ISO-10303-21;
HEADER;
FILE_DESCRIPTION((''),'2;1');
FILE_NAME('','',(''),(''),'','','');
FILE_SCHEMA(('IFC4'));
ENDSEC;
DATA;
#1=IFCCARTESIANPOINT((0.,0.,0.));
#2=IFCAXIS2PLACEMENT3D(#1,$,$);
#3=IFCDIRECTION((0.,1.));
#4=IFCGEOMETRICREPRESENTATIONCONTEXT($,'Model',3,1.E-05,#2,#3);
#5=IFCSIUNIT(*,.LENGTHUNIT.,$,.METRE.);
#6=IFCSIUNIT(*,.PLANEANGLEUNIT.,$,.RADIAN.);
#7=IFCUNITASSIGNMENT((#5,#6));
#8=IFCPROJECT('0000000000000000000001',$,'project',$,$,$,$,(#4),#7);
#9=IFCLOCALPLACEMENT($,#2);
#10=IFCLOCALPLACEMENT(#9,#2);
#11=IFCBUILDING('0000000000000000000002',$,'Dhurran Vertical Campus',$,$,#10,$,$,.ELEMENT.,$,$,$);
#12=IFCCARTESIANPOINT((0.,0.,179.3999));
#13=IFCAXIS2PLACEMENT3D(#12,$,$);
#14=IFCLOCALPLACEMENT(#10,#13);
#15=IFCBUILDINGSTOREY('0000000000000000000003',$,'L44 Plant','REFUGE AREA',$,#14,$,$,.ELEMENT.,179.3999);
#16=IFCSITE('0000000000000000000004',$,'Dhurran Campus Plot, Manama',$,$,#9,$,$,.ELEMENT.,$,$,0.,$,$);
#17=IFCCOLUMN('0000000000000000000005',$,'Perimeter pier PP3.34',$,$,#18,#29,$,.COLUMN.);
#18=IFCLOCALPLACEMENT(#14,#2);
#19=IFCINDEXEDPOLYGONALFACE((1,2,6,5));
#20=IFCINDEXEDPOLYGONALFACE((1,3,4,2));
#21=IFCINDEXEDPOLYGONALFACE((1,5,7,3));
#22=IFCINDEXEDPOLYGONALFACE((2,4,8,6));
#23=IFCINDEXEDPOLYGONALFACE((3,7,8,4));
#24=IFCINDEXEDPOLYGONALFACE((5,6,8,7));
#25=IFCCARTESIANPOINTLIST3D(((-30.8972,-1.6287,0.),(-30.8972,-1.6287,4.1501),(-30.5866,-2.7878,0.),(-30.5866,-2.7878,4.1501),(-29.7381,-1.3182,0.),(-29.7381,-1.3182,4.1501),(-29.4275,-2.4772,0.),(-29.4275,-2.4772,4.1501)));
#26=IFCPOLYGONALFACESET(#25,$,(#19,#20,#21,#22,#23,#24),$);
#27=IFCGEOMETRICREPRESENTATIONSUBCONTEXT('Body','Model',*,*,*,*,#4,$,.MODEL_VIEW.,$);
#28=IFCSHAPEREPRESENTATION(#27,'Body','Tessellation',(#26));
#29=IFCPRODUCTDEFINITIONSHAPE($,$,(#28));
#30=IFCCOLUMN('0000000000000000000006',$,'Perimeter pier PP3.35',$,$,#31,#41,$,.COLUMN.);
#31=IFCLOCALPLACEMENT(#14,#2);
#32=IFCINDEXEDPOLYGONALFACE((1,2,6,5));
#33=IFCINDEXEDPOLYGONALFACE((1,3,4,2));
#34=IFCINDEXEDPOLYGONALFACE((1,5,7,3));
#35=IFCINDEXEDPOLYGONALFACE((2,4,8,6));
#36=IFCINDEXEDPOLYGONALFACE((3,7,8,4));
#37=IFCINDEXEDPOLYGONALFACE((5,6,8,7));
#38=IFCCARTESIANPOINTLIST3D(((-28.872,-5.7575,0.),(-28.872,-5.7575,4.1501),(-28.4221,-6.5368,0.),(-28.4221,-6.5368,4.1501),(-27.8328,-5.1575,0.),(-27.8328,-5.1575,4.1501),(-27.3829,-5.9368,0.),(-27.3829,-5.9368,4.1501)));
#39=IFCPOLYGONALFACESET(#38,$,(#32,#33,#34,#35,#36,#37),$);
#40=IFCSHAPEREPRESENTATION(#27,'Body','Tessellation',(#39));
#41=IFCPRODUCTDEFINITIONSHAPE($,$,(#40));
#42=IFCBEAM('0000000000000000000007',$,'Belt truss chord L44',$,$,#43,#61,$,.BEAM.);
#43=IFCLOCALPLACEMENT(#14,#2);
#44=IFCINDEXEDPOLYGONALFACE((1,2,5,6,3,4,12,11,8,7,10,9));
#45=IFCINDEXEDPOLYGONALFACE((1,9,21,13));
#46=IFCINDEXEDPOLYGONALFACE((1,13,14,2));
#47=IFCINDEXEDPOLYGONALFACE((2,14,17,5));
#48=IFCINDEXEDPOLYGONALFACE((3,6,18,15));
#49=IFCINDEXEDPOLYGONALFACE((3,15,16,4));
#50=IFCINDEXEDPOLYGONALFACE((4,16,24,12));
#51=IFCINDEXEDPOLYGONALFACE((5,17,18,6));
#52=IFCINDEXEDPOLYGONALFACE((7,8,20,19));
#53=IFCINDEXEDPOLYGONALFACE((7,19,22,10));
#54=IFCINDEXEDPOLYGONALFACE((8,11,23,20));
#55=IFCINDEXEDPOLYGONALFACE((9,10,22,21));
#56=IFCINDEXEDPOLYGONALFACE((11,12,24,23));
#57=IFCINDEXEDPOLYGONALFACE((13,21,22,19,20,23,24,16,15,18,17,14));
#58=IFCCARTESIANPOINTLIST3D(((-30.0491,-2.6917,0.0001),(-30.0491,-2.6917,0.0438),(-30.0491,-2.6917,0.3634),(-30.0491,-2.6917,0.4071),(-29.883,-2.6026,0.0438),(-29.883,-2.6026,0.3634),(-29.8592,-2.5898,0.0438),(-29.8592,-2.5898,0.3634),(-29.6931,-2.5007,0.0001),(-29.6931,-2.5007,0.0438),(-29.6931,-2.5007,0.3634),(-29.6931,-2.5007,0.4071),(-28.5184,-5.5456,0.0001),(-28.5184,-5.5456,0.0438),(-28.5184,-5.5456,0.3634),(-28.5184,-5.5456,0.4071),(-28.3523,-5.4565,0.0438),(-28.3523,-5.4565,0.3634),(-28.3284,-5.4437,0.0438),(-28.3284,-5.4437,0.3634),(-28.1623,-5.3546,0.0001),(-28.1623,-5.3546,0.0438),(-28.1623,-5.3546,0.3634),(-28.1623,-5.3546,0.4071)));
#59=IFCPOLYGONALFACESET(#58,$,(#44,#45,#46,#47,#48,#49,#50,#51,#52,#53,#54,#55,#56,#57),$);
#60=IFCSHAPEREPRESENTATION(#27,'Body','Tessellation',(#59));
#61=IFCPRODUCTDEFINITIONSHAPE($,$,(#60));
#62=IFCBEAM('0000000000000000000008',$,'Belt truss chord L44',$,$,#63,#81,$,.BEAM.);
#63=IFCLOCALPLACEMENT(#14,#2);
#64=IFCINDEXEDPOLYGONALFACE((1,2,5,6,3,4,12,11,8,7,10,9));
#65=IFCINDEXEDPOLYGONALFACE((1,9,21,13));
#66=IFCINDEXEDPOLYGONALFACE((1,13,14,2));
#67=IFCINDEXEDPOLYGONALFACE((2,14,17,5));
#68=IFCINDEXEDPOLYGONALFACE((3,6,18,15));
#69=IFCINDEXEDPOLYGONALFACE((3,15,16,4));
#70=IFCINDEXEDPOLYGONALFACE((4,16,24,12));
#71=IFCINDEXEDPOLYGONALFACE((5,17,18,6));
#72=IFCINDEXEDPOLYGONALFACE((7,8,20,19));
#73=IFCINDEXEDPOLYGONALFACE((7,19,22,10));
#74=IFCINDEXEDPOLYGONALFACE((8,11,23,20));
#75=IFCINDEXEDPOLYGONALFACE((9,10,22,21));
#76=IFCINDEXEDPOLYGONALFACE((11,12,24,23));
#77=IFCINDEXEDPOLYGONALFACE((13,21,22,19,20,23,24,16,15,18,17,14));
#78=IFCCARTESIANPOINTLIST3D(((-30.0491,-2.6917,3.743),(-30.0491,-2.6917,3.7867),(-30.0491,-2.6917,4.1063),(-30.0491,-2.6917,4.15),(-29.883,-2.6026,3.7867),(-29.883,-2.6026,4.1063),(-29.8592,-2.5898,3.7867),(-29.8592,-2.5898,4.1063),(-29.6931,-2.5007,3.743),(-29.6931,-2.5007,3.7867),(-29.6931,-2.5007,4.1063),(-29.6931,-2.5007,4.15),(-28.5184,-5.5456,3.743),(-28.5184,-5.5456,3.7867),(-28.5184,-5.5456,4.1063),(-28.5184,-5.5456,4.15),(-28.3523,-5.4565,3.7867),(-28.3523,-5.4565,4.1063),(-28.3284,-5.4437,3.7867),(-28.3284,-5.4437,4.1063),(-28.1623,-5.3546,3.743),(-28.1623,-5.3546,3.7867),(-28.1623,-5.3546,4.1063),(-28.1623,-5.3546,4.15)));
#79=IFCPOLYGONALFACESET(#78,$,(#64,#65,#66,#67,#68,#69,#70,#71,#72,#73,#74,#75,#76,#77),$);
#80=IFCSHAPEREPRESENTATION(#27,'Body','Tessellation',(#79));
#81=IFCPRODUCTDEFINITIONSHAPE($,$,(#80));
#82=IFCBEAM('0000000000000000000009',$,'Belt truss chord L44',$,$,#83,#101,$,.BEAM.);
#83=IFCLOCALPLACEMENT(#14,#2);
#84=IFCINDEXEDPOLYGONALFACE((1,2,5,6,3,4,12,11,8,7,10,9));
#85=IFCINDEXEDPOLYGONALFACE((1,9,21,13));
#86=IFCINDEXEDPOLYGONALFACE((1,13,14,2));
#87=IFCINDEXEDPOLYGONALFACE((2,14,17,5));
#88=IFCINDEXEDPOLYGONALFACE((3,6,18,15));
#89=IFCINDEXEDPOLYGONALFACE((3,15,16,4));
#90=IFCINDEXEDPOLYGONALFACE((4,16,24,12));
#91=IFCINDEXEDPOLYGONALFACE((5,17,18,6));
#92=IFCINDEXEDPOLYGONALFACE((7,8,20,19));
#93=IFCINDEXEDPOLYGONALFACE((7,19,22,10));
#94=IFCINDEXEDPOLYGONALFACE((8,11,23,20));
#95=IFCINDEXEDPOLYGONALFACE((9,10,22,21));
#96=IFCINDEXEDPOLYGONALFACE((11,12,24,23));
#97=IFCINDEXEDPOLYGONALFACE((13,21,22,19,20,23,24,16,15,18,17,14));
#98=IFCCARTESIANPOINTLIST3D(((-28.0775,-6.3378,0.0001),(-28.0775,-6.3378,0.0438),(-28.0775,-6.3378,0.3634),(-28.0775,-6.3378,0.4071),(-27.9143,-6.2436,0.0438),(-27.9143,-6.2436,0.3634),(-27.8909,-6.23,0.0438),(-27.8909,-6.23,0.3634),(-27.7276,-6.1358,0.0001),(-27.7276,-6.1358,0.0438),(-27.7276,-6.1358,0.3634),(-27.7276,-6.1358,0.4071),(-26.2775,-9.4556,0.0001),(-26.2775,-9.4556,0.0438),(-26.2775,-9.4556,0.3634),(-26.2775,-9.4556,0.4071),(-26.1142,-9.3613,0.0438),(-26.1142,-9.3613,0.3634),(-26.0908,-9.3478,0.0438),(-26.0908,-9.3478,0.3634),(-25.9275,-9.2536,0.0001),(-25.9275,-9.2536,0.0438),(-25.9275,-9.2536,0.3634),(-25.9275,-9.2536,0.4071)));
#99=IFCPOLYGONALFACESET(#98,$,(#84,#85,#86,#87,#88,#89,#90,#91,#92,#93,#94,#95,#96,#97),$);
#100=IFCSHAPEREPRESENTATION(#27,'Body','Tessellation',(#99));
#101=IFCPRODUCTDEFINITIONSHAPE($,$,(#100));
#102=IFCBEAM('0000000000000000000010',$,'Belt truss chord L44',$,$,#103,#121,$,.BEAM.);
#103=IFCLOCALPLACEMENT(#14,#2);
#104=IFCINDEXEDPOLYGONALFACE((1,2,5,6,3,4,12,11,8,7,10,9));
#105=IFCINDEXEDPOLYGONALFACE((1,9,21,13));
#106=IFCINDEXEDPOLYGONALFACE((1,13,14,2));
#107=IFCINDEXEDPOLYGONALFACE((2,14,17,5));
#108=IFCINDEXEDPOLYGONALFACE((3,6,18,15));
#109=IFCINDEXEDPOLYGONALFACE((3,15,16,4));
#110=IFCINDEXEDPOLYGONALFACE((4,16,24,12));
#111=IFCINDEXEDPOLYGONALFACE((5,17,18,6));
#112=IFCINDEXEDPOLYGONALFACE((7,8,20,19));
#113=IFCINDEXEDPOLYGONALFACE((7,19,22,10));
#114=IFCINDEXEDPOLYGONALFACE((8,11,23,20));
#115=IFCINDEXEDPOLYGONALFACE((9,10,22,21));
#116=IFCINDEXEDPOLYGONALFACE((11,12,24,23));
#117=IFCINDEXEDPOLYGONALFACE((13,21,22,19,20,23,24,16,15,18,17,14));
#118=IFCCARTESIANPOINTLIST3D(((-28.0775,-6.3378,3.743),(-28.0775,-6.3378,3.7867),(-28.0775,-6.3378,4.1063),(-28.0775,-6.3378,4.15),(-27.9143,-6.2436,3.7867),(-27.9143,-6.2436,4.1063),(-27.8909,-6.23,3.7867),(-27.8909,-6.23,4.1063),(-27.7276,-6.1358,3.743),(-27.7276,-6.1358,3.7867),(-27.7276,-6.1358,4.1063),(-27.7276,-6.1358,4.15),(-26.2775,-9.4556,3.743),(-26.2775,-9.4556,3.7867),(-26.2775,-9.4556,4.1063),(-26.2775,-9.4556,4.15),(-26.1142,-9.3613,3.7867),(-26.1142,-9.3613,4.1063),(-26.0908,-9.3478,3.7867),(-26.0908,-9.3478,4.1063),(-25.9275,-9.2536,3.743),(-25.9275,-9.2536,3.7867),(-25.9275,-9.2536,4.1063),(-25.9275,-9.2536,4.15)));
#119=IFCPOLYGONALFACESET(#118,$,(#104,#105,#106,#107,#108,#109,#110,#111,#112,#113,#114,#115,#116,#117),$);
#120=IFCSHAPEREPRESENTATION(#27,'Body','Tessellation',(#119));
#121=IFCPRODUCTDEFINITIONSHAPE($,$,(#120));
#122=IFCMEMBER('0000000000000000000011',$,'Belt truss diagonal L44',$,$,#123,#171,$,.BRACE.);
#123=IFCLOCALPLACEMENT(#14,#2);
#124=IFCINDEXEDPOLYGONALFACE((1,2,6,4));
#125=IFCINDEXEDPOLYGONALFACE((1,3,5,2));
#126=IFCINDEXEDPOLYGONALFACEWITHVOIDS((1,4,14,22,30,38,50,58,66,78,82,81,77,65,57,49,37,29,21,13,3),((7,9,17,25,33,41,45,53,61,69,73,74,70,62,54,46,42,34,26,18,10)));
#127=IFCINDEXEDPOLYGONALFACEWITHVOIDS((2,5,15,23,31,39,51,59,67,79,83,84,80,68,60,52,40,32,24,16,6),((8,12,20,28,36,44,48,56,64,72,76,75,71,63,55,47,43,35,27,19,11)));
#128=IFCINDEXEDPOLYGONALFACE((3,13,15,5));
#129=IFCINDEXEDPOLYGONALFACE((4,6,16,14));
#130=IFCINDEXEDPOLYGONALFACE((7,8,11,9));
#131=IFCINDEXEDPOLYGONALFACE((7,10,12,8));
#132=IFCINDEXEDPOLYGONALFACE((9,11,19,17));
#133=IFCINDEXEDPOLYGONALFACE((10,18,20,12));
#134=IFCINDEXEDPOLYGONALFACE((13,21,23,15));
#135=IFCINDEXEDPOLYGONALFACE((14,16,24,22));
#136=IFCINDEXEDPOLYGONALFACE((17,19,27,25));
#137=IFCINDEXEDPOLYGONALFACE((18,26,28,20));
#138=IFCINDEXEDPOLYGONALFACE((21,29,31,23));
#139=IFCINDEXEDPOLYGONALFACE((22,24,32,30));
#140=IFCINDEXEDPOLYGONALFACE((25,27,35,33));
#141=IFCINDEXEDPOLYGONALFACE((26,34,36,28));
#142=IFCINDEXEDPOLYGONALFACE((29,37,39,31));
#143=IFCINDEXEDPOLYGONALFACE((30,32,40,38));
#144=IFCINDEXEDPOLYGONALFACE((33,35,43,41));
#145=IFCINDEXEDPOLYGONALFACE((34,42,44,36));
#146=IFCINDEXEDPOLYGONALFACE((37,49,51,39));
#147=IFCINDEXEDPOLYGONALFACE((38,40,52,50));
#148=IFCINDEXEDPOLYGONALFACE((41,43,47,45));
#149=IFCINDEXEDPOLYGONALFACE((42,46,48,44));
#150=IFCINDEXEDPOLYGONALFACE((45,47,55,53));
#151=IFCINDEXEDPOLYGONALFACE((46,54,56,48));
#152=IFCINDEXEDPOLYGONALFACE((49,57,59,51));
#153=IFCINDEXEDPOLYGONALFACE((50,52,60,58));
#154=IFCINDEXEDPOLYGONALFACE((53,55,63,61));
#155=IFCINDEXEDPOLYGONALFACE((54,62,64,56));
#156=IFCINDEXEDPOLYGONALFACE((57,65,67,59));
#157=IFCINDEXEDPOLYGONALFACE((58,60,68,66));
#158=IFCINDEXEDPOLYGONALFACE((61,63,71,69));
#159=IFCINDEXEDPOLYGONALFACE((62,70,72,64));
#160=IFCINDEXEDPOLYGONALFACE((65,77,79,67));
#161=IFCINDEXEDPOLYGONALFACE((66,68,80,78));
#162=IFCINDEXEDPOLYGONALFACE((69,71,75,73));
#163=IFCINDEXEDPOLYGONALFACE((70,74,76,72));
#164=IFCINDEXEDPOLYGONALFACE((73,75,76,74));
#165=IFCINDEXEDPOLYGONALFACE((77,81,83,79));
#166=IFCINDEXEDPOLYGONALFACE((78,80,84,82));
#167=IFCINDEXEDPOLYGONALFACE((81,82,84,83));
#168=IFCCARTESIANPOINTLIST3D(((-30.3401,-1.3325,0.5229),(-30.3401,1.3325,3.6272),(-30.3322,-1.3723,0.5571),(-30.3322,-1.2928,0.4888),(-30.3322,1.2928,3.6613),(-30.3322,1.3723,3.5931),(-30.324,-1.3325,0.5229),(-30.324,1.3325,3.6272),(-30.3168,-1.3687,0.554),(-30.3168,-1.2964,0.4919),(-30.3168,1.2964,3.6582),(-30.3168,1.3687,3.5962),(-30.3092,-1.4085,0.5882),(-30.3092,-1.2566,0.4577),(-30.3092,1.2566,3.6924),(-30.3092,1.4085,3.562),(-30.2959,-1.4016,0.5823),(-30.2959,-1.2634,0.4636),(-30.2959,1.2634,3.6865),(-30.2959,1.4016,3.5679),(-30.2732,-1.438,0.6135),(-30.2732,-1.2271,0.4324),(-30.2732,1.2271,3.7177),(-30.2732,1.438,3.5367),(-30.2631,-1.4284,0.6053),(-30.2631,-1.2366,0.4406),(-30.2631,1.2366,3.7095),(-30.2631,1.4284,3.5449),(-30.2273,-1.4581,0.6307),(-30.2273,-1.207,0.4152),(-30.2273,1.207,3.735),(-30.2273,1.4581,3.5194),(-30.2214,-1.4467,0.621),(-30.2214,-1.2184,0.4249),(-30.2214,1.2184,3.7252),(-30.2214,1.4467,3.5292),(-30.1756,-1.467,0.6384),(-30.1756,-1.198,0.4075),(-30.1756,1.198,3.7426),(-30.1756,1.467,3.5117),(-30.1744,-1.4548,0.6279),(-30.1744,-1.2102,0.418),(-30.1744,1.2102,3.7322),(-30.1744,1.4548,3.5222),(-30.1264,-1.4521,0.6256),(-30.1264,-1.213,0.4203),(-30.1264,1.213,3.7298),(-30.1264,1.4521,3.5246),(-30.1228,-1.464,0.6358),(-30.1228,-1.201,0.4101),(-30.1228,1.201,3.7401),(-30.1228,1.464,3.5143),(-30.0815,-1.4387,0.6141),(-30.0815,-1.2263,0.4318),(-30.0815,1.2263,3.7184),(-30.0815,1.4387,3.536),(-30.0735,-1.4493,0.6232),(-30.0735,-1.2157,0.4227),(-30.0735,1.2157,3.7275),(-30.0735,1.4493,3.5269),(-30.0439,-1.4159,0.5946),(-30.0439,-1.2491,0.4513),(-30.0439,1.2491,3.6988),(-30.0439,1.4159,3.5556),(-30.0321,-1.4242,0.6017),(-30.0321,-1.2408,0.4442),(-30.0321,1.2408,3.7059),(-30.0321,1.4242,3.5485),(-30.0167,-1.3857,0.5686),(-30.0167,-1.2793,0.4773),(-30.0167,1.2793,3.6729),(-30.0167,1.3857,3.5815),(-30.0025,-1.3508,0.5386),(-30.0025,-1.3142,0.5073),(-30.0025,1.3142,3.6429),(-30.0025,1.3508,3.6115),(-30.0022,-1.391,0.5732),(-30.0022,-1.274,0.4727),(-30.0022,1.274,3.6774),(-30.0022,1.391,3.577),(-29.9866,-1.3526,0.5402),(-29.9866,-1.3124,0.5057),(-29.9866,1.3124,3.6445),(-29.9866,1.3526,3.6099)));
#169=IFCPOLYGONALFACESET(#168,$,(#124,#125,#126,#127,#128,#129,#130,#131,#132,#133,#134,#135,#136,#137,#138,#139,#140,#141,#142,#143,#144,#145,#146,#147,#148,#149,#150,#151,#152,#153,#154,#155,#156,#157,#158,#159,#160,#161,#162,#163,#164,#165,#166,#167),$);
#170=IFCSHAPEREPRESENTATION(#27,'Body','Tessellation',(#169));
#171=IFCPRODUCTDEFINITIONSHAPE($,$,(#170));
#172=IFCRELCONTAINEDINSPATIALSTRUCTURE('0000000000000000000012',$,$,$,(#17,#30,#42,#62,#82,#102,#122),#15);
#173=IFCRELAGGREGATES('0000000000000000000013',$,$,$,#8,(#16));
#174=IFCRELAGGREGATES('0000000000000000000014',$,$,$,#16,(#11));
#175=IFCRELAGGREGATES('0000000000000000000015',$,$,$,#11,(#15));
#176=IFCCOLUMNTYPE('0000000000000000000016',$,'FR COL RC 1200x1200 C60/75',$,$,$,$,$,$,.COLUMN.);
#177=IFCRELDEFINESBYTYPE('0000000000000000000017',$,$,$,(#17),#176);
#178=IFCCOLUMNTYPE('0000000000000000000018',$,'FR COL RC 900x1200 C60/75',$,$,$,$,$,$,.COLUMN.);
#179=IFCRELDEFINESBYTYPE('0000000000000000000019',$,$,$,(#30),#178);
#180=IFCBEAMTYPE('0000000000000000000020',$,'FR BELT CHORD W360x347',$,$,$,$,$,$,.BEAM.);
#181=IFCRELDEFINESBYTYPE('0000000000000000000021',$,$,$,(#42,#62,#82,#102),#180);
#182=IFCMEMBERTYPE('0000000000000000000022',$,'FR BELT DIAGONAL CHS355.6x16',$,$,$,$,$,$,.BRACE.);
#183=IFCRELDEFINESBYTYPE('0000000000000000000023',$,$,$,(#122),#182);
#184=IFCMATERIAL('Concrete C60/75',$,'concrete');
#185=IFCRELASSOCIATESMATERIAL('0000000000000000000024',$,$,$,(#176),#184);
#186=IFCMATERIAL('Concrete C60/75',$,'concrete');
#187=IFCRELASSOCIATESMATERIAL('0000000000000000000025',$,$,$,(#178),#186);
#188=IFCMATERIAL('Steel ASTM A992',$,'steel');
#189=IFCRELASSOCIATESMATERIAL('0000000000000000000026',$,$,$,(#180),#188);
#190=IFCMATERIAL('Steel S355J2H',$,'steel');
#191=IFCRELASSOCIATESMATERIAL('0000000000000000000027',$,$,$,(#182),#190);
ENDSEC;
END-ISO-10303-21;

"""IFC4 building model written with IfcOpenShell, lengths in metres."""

from ifc_helpers import new_model, si_unit, direction, frame, origin, origin_2d, place, context, subcontext, project, spatial, rectangle, hollow_circle, i_section, extrude, material, material_profile, profile_set, type_object, element, save


model = new_model("IFC4")

# Units and contexts
model_context = context("Model", 3, precision=1e-05, world=origin(), true_north=direction((0.0, 1.0)))
body_context = subcontext(model_context, "Body", "Model", "MODEL_VIEW")
ifc_project = project(units=[si_unit("LENGTHUNIT", "METRE"), si_unit("PLANEANGLEUNIT", "RADIAN")], contexts=[model_context])

# Site, building, storey
site_placement = place(None, origin())
site = spatial("IfcSite", under=ifc_project, at=site_placement, Name="Dhurran Campus Plot, Manama", CompositionType="ELEMENT", RefElevation=0.0)
building_placement = place(site_placement, origin())
building = spatial("IfcBuilding", under=site, at=building_placement, Name="Dhurran Vertical Campus", CompositionType="ELEMENT")
storey_placement = place(building_placement, frame((0.0, 0.0, 179.3999)))
storey = spatial("IfcBuildingStorey", under=building, at=storey_placement, Name="L44 Plant", Description="REFUGE AREA", CompositionType="ELEMENT", Elevation=179.3999)

# Columns
ifc_material_1 = material(Name="Concrete C60/75", Category="concrete")
ifc_material_profile_1 = material_profile(ifc_material_1, rectangle(XDim=1.2, YDim=1.2, at=origin_2d()), Name="RC 1200x1200")
ifc_profile_set_1 = profile_set([ifc_material_profile_1], Name="Concrete C60/75")
column_type_1 = type_object("IfcColumnType", Name="FR COL RC 1200x1200 C60/75", PredefinedType="COLUMN", material=ifc_profile_set_1)
column_1_placement = place(storey_placement, frame((-30.1624, -2.053, 0.0), z_axis=(0.0, 0.0, 1.0), x_axis=(0.258819, -0.965926, 0.0)))
element("IfcColumn", 1, at=column_1_placement, inside=storey, type_object=column_type_1, Name="Perimeter pier PP3.34", PredefinedType="COLUMN", context=body_context, shape_type="SweptSolid", body=[
    extrude(rectangle(XDim=1.2, YDim=1.2, at=origin_2d()), origin(), (0.0, 0.0, 1.0), 4.1501),
])
ifc_material_2 = material(Name="Concrete C60/75", Category="concrete")
ifc_material_profile_2 = material_profile(ifc_material_2, rectangle(XDim=0.8999, YDim=1.2, at=origin_2d()), Name="RC 900x1200")
ifc_profile_set_2 = profile_set([ifc_material_profile_2], Name="Concrete C60/75")
column_type_2 = type_object("IfcColumnType", Name="FR COL RC 900x1200 C60/75", PredefinedType="COLUMN", material=ifc_profile_set_2)
column_2_placement = place(storey_placement, frame((-28.1274, -5.8472, 0.0), z_axis=(0.0, 0.0, 1.0), x_axis=(0.5, -0.866025, 0.0)))
element("IfcColumn", 2, at=column_2_placement, inside=storey, type_object=column_type_2, Name="Perimeter pier PP3.35", PredefinedType="COLUMN", context=body_context, shape_type="SweptSolid", body=[
    extrude(rectangle(XDim=0.8999, YDim=1.2, at=origin_2d()), origin(), (0.0, 0.0, 1.0), 4.1501),
])

# Beams
ifc_material_3 = material(Name="Steel ASTM A992", Category="steel")
ifc_material_profile_3 = material_profile(ifc_material_3, i_section(OverallWidth=0.4041, OverallDepth=0.407, WebThickness=0.0271, FlangeThickness=0.0437, at=origin_2d()), Name="W360x347")
ifc_profile_set_3 = profile_set([ifc_material_profile_3], Name="Steel ASTM A992")
beam_type = type_object("IfcBeamType", Name="FR BELT CHORD W360x347", PredefinedType="BEAM", material=ifc_profile_set_3)
for number, where, z_axis, x_axis, name in (
    (3, (-29.8711, -2.5962, 0.2036), (0.472661, -0.881245, 0.0), (0.881245, 0.472661, 0.0), "Belt truss chord L44"),
    (4, (-29.8711, -2.5962, 3.9465), (0.472661, -0.881245, 0.0), (0.881245, 0.472661, 0.0), "Belt truss chord L44"),
):
    element("IfcBeam", number, at=place(storey_placement, frame(where, z_axis=z_axis, x_axis=x_axis)), inside=storey, type_object=beam_type, Name=name, PredefinedType="BEAM", context=body_context, shape_type="SweptSolid", body=[
        extrude(i_section(OverallWidth=0.4041, OverallDepth=0.407, WebThickness=0.0271, FlangeThickness=0.0437, at=origin_2d()), origin(), (0.0, 0.0, 1.0), 3.2385),
    ])
for number, where, z_axis, x_axis, name in (
    (5, (-27.9026, -6.2368, 0.2036), (0.500012, -0.866018, 0.0), (0.866018, 0.500012, 0.0), "Belt truss chord L44"),
    (6, (-27.9026, -6.2368, 3.9465), (0.500012, -0.866018, 0.0), (0.866018, 0.500012, 0.0), "Belt truss chord L44"),
):
    element("IfcBeam", number, at=place(storey_placement, frame(where, z_axis=z_axis, x_axis=x_axis)), inside=storey, type_object=beam_type, Name=name, PredefinedType="BEAM", context=body_context, shape_type="SweptSolid", body=[
        extrude(i_section(OverallWidth=0.4041, OverallDepth=0.407, WebThickness=0.0271, FlangeThickness=0.0437, at=origin_2d()), origin(), (0.0, 0.0, 1.0), 3.6001),
    ])

# Member
ifc_material_4 = material(Name="Steel S355J2H", Category="steel")
ifc_material_profile_4 = material_profile(ifc_material_4, hollow_circle(Radius=0.1777, WallThickness=0.0161, at=origin_2d()), Name="CHS355.6x16")
ifc_profile_set_4 = profile_set([ifc_material_profile_4], Name="Steel S355J2H")
member_type = type_object("IfcMemberType", Name="FR BELT DIAGONAL CHS355.6x16", PredefinedType="BRACE", material=ifc_profile_set_4)
member_1_placement = place(storey_placement, frame((-30.1624, -1.3325, 0.5229), z_axis=(0.0, 0.651391, 0.758742), x_axis=(-1.0, 0.0, 0.0)))
element("IfcMember", 7, at=member_1_placement, inside=storey, type_object=member_type, Name="Belt truss diagonal L44", PredefinedType="BRACE", context=body_context, shape_type="SweptSolid", body=[
    extrude(hollow_circle(Radius=0.1777, WallThickness=0.0161, at=origin_2d()), origin(), (0.0, 0.0, 1.0), 4.0913),
])

save(model, "model.ifc")
